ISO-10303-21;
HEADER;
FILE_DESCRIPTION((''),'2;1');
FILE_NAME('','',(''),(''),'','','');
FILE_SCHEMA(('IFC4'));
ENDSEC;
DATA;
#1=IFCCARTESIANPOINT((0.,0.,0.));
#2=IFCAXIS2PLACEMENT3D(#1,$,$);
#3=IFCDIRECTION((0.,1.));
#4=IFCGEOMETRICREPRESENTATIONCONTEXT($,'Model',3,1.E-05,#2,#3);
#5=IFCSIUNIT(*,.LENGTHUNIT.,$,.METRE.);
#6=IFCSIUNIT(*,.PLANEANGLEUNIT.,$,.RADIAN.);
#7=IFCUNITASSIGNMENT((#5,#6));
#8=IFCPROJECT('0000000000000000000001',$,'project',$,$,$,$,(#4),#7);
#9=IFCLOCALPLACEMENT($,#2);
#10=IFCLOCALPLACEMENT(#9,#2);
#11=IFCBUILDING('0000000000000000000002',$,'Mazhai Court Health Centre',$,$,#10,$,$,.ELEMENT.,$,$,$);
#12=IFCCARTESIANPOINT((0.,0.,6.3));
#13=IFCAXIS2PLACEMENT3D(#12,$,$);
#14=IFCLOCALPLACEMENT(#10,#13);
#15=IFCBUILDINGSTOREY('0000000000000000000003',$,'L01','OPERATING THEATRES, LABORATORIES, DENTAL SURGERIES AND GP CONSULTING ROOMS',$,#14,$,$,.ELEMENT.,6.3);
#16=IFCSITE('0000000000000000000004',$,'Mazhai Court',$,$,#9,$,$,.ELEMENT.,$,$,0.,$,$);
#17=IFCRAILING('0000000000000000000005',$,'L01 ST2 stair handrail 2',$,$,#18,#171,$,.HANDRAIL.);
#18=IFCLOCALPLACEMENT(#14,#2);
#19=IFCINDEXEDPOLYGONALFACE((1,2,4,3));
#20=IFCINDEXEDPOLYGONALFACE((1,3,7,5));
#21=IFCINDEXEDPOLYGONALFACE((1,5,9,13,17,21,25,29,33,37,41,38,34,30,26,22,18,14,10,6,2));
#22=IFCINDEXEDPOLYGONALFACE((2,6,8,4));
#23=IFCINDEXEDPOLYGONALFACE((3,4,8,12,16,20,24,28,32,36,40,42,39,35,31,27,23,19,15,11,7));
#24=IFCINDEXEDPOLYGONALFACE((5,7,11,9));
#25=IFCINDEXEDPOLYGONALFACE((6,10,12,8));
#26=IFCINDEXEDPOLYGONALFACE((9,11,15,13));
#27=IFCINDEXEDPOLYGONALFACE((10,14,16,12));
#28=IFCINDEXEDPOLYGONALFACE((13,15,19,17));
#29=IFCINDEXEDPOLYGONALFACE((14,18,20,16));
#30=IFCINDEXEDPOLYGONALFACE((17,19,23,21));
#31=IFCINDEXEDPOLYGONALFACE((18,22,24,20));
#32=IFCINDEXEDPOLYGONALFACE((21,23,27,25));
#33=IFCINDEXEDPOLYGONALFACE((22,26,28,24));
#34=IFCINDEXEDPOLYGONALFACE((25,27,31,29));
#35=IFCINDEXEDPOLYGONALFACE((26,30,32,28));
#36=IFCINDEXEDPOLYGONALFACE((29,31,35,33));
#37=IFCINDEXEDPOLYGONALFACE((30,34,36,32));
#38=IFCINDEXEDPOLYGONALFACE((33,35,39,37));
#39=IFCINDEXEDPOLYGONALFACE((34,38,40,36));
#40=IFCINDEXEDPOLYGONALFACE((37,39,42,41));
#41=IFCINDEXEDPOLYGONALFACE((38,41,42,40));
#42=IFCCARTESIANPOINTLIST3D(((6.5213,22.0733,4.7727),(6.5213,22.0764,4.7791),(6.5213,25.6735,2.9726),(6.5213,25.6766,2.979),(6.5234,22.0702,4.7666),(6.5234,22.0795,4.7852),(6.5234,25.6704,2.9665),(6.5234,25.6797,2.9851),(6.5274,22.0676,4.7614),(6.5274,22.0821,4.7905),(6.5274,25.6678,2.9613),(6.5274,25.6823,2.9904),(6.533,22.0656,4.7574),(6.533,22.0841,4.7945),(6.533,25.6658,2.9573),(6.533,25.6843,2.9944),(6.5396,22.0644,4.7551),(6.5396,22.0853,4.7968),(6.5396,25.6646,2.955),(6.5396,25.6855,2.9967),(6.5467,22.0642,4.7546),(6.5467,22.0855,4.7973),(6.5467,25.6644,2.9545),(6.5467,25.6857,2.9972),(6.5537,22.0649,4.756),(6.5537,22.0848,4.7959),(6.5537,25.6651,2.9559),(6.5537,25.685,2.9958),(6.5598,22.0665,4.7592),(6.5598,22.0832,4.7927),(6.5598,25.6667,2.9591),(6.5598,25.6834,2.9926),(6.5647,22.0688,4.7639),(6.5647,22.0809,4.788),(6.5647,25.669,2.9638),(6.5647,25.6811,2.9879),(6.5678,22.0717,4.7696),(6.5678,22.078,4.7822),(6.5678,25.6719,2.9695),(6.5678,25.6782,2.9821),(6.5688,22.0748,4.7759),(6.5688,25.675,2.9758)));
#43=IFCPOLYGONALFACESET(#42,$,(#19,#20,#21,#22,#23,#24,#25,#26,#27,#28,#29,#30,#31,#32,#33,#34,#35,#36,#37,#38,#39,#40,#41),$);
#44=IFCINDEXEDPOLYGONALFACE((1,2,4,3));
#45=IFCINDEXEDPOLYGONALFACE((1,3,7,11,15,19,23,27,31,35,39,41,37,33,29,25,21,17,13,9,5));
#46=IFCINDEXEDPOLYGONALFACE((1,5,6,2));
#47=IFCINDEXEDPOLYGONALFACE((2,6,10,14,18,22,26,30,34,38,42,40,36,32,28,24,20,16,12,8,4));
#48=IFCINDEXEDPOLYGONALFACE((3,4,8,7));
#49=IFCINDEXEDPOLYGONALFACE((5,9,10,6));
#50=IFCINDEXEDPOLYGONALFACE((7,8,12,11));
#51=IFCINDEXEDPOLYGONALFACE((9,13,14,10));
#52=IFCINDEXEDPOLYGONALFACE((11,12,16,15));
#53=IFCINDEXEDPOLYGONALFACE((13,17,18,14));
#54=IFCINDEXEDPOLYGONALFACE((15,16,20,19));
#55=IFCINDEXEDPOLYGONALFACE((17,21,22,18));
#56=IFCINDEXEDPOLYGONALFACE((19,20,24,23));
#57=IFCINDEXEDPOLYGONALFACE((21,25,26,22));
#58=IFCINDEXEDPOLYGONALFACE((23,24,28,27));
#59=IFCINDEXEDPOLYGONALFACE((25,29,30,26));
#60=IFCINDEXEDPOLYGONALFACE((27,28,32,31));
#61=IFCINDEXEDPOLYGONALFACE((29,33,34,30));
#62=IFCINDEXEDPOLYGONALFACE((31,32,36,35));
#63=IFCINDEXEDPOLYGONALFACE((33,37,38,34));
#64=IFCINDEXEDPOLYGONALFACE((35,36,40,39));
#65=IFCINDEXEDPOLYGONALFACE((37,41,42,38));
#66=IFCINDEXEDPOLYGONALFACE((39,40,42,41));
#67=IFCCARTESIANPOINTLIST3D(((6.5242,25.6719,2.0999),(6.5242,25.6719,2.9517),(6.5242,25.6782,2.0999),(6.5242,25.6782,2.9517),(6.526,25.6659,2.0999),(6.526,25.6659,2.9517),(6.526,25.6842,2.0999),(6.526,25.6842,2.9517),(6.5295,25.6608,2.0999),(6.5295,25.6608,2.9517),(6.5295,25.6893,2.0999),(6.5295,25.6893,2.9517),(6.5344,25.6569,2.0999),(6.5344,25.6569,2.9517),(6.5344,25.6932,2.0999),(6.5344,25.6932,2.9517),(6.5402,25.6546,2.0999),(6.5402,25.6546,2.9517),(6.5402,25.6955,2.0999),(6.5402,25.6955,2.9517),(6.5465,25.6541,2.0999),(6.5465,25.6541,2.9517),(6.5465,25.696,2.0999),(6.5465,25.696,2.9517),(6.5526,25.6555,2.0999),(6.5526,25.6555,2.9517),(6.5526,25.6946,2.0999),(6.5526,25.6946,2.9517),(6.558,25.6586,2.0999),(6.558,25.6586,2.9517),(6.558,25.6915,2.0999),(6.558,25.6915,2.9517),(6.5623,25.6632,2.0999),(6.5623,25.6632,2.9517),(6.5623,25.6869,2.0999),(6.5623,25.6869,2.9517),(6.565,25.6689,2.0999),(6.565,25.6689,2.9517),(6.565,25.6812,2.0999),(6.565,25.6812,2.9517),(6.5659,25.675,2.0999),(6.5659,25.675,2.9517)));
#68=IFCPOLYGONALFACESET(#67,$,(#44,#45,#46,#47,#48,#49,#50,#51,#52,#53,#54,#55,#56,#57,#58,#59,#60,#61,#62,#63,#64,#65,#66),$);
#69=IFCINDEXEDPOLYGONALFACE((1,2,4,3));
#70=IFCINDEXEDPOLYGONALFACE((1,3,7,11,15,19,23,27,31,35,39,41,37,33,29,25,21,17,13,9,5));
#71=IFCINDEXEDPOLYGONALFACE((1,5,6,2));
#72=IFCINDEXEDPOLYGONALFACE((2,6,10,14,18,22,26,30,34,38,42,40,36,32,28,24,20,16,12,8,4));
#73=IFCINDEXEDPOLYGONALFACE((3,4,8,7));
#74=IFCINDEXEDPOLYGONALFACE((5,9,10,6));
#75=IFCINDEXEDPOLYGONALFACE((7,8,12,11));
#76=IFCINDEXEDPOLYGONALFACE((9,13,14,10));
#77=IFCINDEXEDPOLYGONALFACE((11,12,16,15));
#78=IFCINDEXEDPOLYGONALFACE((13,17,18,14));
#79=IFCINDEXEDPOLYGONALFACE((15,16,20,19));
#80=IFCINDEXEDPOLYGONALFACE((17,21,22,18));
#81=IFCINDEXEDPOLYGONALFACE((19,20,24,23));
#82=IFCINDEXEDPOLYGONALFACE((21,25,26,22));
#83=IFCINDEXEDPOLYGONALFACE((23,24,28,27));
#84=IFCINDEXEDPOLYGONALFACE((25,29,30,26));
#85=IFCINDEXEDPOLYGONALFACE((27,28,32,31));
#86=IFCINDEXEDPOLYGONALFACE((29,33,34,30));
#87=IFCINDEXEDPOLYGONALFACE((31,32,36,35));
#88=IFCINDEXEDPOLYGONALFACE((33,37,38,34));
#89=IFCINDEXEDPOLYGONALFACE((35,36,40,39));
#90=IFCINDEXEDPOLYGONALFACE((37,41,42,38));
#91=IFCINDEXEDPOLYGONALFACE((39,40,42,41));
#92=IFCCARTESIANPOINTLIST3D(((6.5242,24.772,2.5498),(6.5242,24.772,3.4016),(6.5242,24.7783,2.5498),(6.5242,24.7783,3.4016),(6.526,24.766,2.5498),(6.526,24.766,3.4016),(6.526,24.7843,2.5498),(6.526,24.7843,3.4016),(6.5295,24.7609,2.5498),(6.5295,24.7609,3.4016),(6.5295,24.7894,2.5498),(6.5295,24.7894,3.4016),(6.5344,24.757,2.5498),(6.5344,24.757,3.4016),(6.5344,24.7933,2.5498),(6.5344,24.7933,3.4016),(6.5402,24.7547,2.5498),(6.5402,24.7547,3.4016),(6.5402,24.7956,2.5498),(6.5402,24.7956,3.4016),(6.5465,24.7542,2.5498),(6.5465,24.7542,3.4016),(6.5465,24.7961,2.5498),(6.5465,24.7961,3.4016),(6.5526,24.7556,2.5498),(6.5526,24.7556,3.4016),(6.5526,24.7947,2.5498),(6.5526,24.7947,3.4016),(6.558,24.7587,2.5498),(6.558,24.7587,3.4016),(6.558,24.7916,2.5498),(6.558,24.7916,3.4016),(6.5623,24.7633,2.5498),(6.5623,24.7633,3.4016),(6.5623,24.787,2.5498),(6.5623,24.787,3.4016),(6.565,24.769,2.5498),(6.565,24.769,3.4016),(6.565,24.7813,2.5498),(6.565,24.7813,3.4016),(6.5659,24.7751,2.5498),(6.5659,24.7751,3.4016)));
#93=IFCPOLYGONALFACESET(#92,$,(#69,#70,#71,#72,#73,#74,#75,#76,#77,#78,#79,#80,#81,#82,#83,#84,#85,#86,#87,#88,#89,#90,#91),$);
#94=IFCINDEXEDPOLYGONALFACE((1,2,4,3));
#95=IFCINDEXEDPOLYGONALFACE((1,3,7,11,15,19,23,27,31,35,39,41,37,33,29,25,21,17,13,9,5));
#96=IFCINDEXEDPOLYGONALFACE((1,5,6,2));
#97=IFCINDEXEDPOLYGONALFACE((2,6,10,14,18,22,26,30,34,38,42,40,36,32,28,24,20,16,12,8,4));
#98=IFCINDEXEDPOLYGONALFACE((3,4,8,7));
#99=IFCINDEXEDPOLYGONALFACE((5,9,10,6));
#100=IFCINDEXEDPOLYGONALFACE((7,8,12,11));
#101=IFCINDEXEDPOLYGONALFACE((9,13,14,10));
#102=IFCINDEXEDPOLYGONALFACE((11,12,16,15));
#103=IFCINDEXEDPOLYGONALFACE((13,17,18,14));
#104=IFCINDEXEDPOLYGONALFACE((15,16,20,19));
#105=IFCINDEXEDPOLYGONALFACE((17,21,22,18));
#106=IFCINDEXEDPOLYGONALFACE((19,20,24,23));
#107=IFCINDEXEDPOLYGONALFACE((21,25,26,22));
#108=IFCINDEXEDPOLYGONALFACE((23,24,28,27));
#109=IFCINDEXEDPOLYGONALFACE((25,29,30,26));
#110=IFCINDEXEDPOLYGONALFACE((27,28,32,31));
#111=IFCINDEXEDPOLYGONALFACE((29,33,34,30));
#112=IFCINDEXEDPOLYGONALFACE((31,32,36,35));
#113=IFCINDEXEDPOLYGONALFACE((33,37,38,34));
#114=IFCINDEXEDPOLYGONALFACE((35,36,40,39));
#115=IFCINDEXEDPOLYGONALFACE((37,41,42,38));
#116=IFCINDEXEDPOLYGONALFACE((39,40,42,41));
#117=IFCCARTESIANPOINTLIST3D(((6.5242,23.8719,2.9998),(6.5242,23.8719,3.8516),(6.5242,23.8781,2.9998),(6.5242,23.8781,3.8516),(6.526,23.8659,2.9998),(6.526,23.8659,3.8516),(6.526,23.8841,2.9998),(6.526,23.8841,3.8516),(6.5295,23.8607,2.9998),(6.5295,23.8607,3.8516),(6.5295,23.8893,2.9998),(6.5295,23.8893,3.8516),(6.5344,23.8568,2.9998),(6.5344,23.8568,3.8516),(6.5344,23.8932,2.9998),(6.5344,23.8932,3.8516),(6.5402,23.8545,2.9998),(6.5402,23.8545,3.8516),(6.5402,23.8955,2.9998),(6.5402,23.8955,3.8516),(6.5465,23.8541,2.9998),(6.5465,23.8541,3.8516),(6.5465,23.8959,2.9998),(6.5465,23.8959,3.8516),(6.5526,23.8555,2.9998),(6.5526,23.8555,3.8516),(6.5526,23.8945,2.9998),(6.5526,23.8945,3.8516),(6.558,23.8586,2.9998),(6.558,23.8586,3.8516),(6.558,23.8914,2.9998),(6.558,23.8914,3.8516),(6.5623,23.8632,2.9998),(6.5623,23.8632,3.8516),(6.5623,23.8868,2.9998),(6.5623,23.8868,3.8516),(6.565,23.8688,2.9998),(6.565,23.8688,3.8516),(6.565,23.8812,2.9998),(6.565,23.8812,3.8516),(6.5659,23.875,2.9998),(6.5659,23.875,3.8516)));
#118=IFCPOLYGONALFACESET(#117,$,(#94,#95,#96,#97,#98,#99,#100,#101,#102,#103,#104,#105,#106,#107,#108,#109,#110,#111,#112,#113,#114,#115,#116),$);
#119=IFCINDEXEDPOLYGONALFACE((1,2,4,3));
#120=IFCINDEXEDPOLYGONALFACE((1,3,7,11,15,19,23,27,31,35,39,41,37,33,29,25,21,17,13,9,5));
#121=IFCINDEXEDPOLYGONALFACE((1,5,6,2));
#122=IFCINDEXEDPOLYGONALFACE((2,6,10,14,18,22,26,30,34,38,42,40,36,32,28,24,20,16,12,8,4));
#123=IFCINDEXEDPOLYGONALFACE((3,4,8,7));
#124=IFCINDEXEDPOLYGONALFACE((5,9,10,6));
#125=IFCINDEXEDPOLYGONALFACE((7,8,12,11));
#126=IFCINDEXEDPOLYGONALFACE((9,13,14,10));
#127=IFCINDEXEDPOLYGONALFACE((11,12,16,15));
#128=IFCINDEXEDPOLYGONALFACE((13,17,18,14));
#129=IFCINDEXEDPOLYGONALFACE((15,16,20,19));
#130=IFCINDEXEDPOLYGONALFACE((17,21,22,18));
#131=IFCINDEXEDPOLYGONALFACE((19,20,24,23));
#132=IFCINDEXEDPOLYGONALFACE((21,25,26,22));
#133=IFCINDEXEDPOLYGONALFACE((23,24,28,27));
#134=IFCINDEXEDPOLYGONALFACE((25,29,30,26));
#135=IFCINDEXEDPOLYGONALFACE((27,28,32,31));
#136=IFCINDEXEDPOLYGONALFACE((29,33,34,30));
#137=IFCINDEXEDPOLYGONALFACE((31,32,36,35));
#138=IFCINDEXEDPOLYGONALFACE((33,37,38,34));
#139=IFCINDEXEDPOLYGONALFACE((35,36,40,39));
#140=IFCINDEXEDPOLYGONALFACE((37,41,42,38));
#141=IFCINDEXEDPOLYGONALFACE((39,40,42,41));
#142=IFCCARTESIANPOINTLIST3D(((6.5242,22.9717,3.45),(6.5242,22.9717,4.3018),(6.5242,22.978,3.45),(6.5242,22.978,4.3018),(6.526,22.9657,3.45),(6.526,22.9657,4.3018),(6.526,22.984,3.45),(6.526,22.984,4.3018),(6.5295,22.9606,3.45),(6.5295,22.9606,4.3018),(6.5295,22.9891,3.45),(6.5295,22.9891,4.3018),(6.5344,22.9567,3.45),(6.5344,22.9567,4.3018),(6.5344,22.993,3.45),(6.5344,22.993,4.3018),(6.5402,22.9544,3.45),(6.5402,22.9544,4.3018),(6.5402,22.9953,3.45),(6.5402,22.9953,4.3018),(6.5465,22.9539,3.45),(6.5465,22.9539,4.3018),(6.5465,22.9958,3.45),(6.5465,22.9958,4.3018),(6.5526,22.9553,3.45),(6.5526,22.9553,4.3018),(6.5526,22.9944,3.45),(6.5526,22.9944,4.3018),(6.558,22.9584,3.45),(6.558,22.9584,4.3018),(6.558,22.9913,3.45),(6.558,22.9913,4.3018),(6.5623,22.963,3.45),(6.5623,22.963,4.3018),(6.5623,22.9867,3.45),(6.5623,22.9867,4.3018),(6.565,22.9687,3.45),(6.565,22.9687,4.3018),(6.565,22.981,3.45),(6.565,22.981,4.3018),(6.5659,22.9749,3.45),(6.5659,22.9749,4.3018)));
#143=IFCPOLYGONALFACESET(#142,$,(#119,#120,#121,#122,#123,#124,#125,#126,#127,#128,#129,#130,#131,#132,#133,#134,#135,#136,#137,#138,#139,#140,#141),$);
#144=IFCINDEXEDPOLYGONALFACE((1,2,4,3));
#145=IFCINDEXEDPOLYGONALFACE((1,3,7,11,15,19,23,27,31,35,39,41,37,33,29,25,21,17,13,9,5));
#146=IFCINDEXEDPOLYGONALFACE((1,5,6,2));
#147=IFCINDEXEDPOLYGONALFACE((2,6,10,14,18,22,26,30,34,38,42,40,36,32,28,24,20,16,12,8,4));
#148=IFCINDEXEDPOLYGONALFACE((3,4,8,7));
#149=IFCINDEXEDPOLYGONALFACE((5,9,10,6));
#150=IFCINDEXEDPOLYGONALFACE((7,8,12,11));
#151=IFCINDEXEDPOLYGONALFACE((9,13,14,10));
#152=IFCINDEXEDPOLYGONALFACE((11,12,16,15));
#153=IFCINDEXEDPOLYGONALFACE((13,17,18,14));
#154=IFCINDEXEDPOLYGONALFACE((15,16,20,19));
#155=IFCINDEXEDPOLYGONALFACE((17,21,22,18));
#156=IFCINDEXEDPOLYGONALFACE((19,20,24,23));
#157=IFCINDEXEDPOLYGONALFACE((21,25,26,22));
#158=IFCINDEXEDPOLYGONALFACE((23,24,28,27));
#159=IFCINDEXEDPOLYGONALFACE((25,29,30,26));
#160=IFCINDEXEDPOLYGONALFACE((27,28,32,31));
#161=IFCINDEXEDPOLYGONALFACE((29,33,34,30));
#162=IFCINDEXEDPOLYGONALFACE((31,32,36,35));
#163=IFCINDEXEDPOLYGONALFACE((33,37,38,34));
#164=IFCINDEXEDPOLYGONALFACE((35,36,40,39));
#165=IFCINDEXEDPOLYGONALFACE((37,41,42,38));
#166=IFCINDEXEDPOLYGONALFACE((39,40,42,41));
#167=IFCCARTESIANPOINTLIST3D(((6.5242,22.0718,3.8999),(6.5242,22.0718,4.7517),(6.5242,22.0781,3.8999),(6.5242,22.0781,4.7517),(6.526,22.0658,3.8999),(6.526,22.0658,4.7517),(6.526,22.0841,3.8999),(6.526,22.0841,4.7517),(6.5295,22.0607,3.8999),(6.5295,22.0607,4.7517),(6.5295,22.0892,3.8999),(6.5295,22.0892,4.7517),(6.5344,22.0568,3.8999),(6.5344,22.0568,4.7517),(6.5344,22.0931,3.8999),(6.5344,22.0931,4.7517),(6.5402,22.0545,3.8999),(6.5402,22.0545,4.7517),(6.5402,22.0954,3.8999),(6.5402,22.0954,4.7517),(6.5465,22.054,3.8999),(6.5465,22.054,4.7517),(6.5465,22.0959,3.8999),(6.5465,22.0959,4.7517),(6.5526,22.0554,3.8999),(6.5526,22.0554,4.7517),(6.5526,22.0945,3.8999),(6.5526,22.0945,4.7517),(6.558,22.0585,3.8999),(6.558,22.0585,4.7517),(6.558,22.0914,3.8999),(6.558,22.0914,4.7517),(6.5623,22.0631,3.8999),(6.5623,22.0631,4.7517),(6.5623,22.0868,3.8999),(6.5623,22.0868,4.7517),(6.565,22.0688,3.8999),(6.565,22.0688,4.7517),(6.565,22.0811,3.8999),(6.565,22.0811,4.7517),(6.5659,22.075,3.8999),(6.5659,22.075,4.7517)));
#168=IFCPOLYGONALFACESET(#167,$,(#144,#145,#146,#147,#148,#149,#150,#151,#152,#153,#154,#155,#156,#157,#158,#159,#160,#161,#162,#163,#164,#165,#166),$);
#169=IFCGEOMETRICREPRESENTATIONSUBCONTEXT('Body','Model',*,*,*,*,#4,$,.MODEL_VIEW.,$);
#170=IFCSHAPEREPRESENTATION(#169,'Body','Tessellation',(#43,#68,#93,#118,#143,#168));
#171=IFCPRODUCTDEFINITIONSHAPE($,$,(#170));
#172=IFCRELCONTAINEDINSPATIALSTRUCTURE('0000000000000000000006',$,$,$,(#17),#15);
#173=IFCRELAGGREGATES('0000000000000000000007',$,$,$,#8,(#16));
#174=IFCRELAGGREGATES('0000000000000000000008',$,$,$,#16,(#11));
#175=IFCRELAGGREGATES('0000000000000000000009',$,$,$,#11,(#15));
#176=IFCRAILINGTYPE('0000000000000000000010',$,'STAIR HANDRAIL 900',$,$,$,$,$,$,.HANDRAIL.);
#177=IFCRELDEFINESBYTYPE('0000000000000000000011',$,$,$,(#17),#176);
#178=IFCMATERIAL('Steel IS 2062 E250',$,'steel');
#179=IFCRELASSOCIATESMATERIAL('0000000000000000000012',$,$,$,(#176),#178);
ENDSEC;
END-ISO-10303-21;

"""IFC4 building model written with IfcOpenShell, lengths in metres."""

from ifc_helpers import new_model, si_unit, direction, frame, origin, origin_2d, place, context, subcontext, project, spatial, circle, extrude, material, type_object, element, save


model = new_model("IFC4")

# Units and contexts
model_context = context("Model", 3, precision=1e-05, world=origin(), true_north=direction((0.0, 1.0)))
body_context = subcontext(model_context, "Body", "Model", "MODEL_VIEW")
ifc_project = project(units=[si_unit("LENGTHUNIT", "METRE"), si_unit("PLANEANGLEUNIT", "RADIAN")], contexts=[model_context])

# Site, building, storey
site_placement = place(None, origin())
site = spatial("IfcSite", under=ifc_project, at=site_placement, Name="Mazhai Court", CompositionType="ELEMENT", RefElevation=0.0)
building_placement = place(site_placement, origin())
building = spatial("IfcBuilding", under=site, at=building_placement, Name="Mazhai Court Health Centre", CompositionType="ELEMENT")
storey_placement = place(building_placement, frame((0.0, 0.0, 6.3)))
storey = spatial("IfcBuildingStorey", under=building, at=storey_placement, Name="L01", Description="OPERATING THEATRES, LABORATORIES, DENTAL SURGERIES AND GP CONSULTING ROOMS", CompositionType="ELEMENT", Elevation=6.3)

# Railing
ifc_material_1 = material(Name="Steel IS 2062 E250", Category="steel")
railing_type_1 = type_object("IfcRailingType", Name="STAIR HANDRAIL 900", PredefinedType="HANDRAIL", material=ifc_material_1)
railing_1_placement = place(storey_placement, frame((6.5449, 25.675, 2.0999)))
element("IfcRailing", 1, at=railing_1_placement, inside=storey, type_object=railing_type_1, Name="L01 ST2 stair handrail 2", PredefinedType="HANDRAIL", context=body_context, shape_type="SweptSolid", body=[
    extrude(circle(Radius=0.0239, at=origin_2d()), frame((0.0, 0.0, 0.876), z_axis=(0.0, -0.894427, 0.447214), x_axis=(1.0, 0.0, 0.0)), (0.0, 0.0, 1.0), 4.0251),
    extrude(circle(Radius=0.021, at=origin_2d()), origin(), (0.0, 0.0, 1.0), 0.8518),
    extrude(circle(Radius=0.021, at=origin_2d()), frame((0.0, -0.8999, 0.45)), (0.0, 0.0, 1.0), 0.8518),
    extrude(circle(Radius=0.021, at=origin_2d()), frame((0.0, -1.8, 0.8999)), (0.0, 0.0, 1.0), 0.8518),
    extrude(circle(Radius=0.021, at=origin_2d()), frame((0.0, -2.7002, 1.3501)), (0.0, 0.0, 1.0), 0.8518),
    extrude(circle(Radius=0.021, at=origin_2d()), frame((0.0, -3.6001, 1.8)), (0.0, 0.0, 1.0), 0.8518),
])

save(model, "model.ifc")
